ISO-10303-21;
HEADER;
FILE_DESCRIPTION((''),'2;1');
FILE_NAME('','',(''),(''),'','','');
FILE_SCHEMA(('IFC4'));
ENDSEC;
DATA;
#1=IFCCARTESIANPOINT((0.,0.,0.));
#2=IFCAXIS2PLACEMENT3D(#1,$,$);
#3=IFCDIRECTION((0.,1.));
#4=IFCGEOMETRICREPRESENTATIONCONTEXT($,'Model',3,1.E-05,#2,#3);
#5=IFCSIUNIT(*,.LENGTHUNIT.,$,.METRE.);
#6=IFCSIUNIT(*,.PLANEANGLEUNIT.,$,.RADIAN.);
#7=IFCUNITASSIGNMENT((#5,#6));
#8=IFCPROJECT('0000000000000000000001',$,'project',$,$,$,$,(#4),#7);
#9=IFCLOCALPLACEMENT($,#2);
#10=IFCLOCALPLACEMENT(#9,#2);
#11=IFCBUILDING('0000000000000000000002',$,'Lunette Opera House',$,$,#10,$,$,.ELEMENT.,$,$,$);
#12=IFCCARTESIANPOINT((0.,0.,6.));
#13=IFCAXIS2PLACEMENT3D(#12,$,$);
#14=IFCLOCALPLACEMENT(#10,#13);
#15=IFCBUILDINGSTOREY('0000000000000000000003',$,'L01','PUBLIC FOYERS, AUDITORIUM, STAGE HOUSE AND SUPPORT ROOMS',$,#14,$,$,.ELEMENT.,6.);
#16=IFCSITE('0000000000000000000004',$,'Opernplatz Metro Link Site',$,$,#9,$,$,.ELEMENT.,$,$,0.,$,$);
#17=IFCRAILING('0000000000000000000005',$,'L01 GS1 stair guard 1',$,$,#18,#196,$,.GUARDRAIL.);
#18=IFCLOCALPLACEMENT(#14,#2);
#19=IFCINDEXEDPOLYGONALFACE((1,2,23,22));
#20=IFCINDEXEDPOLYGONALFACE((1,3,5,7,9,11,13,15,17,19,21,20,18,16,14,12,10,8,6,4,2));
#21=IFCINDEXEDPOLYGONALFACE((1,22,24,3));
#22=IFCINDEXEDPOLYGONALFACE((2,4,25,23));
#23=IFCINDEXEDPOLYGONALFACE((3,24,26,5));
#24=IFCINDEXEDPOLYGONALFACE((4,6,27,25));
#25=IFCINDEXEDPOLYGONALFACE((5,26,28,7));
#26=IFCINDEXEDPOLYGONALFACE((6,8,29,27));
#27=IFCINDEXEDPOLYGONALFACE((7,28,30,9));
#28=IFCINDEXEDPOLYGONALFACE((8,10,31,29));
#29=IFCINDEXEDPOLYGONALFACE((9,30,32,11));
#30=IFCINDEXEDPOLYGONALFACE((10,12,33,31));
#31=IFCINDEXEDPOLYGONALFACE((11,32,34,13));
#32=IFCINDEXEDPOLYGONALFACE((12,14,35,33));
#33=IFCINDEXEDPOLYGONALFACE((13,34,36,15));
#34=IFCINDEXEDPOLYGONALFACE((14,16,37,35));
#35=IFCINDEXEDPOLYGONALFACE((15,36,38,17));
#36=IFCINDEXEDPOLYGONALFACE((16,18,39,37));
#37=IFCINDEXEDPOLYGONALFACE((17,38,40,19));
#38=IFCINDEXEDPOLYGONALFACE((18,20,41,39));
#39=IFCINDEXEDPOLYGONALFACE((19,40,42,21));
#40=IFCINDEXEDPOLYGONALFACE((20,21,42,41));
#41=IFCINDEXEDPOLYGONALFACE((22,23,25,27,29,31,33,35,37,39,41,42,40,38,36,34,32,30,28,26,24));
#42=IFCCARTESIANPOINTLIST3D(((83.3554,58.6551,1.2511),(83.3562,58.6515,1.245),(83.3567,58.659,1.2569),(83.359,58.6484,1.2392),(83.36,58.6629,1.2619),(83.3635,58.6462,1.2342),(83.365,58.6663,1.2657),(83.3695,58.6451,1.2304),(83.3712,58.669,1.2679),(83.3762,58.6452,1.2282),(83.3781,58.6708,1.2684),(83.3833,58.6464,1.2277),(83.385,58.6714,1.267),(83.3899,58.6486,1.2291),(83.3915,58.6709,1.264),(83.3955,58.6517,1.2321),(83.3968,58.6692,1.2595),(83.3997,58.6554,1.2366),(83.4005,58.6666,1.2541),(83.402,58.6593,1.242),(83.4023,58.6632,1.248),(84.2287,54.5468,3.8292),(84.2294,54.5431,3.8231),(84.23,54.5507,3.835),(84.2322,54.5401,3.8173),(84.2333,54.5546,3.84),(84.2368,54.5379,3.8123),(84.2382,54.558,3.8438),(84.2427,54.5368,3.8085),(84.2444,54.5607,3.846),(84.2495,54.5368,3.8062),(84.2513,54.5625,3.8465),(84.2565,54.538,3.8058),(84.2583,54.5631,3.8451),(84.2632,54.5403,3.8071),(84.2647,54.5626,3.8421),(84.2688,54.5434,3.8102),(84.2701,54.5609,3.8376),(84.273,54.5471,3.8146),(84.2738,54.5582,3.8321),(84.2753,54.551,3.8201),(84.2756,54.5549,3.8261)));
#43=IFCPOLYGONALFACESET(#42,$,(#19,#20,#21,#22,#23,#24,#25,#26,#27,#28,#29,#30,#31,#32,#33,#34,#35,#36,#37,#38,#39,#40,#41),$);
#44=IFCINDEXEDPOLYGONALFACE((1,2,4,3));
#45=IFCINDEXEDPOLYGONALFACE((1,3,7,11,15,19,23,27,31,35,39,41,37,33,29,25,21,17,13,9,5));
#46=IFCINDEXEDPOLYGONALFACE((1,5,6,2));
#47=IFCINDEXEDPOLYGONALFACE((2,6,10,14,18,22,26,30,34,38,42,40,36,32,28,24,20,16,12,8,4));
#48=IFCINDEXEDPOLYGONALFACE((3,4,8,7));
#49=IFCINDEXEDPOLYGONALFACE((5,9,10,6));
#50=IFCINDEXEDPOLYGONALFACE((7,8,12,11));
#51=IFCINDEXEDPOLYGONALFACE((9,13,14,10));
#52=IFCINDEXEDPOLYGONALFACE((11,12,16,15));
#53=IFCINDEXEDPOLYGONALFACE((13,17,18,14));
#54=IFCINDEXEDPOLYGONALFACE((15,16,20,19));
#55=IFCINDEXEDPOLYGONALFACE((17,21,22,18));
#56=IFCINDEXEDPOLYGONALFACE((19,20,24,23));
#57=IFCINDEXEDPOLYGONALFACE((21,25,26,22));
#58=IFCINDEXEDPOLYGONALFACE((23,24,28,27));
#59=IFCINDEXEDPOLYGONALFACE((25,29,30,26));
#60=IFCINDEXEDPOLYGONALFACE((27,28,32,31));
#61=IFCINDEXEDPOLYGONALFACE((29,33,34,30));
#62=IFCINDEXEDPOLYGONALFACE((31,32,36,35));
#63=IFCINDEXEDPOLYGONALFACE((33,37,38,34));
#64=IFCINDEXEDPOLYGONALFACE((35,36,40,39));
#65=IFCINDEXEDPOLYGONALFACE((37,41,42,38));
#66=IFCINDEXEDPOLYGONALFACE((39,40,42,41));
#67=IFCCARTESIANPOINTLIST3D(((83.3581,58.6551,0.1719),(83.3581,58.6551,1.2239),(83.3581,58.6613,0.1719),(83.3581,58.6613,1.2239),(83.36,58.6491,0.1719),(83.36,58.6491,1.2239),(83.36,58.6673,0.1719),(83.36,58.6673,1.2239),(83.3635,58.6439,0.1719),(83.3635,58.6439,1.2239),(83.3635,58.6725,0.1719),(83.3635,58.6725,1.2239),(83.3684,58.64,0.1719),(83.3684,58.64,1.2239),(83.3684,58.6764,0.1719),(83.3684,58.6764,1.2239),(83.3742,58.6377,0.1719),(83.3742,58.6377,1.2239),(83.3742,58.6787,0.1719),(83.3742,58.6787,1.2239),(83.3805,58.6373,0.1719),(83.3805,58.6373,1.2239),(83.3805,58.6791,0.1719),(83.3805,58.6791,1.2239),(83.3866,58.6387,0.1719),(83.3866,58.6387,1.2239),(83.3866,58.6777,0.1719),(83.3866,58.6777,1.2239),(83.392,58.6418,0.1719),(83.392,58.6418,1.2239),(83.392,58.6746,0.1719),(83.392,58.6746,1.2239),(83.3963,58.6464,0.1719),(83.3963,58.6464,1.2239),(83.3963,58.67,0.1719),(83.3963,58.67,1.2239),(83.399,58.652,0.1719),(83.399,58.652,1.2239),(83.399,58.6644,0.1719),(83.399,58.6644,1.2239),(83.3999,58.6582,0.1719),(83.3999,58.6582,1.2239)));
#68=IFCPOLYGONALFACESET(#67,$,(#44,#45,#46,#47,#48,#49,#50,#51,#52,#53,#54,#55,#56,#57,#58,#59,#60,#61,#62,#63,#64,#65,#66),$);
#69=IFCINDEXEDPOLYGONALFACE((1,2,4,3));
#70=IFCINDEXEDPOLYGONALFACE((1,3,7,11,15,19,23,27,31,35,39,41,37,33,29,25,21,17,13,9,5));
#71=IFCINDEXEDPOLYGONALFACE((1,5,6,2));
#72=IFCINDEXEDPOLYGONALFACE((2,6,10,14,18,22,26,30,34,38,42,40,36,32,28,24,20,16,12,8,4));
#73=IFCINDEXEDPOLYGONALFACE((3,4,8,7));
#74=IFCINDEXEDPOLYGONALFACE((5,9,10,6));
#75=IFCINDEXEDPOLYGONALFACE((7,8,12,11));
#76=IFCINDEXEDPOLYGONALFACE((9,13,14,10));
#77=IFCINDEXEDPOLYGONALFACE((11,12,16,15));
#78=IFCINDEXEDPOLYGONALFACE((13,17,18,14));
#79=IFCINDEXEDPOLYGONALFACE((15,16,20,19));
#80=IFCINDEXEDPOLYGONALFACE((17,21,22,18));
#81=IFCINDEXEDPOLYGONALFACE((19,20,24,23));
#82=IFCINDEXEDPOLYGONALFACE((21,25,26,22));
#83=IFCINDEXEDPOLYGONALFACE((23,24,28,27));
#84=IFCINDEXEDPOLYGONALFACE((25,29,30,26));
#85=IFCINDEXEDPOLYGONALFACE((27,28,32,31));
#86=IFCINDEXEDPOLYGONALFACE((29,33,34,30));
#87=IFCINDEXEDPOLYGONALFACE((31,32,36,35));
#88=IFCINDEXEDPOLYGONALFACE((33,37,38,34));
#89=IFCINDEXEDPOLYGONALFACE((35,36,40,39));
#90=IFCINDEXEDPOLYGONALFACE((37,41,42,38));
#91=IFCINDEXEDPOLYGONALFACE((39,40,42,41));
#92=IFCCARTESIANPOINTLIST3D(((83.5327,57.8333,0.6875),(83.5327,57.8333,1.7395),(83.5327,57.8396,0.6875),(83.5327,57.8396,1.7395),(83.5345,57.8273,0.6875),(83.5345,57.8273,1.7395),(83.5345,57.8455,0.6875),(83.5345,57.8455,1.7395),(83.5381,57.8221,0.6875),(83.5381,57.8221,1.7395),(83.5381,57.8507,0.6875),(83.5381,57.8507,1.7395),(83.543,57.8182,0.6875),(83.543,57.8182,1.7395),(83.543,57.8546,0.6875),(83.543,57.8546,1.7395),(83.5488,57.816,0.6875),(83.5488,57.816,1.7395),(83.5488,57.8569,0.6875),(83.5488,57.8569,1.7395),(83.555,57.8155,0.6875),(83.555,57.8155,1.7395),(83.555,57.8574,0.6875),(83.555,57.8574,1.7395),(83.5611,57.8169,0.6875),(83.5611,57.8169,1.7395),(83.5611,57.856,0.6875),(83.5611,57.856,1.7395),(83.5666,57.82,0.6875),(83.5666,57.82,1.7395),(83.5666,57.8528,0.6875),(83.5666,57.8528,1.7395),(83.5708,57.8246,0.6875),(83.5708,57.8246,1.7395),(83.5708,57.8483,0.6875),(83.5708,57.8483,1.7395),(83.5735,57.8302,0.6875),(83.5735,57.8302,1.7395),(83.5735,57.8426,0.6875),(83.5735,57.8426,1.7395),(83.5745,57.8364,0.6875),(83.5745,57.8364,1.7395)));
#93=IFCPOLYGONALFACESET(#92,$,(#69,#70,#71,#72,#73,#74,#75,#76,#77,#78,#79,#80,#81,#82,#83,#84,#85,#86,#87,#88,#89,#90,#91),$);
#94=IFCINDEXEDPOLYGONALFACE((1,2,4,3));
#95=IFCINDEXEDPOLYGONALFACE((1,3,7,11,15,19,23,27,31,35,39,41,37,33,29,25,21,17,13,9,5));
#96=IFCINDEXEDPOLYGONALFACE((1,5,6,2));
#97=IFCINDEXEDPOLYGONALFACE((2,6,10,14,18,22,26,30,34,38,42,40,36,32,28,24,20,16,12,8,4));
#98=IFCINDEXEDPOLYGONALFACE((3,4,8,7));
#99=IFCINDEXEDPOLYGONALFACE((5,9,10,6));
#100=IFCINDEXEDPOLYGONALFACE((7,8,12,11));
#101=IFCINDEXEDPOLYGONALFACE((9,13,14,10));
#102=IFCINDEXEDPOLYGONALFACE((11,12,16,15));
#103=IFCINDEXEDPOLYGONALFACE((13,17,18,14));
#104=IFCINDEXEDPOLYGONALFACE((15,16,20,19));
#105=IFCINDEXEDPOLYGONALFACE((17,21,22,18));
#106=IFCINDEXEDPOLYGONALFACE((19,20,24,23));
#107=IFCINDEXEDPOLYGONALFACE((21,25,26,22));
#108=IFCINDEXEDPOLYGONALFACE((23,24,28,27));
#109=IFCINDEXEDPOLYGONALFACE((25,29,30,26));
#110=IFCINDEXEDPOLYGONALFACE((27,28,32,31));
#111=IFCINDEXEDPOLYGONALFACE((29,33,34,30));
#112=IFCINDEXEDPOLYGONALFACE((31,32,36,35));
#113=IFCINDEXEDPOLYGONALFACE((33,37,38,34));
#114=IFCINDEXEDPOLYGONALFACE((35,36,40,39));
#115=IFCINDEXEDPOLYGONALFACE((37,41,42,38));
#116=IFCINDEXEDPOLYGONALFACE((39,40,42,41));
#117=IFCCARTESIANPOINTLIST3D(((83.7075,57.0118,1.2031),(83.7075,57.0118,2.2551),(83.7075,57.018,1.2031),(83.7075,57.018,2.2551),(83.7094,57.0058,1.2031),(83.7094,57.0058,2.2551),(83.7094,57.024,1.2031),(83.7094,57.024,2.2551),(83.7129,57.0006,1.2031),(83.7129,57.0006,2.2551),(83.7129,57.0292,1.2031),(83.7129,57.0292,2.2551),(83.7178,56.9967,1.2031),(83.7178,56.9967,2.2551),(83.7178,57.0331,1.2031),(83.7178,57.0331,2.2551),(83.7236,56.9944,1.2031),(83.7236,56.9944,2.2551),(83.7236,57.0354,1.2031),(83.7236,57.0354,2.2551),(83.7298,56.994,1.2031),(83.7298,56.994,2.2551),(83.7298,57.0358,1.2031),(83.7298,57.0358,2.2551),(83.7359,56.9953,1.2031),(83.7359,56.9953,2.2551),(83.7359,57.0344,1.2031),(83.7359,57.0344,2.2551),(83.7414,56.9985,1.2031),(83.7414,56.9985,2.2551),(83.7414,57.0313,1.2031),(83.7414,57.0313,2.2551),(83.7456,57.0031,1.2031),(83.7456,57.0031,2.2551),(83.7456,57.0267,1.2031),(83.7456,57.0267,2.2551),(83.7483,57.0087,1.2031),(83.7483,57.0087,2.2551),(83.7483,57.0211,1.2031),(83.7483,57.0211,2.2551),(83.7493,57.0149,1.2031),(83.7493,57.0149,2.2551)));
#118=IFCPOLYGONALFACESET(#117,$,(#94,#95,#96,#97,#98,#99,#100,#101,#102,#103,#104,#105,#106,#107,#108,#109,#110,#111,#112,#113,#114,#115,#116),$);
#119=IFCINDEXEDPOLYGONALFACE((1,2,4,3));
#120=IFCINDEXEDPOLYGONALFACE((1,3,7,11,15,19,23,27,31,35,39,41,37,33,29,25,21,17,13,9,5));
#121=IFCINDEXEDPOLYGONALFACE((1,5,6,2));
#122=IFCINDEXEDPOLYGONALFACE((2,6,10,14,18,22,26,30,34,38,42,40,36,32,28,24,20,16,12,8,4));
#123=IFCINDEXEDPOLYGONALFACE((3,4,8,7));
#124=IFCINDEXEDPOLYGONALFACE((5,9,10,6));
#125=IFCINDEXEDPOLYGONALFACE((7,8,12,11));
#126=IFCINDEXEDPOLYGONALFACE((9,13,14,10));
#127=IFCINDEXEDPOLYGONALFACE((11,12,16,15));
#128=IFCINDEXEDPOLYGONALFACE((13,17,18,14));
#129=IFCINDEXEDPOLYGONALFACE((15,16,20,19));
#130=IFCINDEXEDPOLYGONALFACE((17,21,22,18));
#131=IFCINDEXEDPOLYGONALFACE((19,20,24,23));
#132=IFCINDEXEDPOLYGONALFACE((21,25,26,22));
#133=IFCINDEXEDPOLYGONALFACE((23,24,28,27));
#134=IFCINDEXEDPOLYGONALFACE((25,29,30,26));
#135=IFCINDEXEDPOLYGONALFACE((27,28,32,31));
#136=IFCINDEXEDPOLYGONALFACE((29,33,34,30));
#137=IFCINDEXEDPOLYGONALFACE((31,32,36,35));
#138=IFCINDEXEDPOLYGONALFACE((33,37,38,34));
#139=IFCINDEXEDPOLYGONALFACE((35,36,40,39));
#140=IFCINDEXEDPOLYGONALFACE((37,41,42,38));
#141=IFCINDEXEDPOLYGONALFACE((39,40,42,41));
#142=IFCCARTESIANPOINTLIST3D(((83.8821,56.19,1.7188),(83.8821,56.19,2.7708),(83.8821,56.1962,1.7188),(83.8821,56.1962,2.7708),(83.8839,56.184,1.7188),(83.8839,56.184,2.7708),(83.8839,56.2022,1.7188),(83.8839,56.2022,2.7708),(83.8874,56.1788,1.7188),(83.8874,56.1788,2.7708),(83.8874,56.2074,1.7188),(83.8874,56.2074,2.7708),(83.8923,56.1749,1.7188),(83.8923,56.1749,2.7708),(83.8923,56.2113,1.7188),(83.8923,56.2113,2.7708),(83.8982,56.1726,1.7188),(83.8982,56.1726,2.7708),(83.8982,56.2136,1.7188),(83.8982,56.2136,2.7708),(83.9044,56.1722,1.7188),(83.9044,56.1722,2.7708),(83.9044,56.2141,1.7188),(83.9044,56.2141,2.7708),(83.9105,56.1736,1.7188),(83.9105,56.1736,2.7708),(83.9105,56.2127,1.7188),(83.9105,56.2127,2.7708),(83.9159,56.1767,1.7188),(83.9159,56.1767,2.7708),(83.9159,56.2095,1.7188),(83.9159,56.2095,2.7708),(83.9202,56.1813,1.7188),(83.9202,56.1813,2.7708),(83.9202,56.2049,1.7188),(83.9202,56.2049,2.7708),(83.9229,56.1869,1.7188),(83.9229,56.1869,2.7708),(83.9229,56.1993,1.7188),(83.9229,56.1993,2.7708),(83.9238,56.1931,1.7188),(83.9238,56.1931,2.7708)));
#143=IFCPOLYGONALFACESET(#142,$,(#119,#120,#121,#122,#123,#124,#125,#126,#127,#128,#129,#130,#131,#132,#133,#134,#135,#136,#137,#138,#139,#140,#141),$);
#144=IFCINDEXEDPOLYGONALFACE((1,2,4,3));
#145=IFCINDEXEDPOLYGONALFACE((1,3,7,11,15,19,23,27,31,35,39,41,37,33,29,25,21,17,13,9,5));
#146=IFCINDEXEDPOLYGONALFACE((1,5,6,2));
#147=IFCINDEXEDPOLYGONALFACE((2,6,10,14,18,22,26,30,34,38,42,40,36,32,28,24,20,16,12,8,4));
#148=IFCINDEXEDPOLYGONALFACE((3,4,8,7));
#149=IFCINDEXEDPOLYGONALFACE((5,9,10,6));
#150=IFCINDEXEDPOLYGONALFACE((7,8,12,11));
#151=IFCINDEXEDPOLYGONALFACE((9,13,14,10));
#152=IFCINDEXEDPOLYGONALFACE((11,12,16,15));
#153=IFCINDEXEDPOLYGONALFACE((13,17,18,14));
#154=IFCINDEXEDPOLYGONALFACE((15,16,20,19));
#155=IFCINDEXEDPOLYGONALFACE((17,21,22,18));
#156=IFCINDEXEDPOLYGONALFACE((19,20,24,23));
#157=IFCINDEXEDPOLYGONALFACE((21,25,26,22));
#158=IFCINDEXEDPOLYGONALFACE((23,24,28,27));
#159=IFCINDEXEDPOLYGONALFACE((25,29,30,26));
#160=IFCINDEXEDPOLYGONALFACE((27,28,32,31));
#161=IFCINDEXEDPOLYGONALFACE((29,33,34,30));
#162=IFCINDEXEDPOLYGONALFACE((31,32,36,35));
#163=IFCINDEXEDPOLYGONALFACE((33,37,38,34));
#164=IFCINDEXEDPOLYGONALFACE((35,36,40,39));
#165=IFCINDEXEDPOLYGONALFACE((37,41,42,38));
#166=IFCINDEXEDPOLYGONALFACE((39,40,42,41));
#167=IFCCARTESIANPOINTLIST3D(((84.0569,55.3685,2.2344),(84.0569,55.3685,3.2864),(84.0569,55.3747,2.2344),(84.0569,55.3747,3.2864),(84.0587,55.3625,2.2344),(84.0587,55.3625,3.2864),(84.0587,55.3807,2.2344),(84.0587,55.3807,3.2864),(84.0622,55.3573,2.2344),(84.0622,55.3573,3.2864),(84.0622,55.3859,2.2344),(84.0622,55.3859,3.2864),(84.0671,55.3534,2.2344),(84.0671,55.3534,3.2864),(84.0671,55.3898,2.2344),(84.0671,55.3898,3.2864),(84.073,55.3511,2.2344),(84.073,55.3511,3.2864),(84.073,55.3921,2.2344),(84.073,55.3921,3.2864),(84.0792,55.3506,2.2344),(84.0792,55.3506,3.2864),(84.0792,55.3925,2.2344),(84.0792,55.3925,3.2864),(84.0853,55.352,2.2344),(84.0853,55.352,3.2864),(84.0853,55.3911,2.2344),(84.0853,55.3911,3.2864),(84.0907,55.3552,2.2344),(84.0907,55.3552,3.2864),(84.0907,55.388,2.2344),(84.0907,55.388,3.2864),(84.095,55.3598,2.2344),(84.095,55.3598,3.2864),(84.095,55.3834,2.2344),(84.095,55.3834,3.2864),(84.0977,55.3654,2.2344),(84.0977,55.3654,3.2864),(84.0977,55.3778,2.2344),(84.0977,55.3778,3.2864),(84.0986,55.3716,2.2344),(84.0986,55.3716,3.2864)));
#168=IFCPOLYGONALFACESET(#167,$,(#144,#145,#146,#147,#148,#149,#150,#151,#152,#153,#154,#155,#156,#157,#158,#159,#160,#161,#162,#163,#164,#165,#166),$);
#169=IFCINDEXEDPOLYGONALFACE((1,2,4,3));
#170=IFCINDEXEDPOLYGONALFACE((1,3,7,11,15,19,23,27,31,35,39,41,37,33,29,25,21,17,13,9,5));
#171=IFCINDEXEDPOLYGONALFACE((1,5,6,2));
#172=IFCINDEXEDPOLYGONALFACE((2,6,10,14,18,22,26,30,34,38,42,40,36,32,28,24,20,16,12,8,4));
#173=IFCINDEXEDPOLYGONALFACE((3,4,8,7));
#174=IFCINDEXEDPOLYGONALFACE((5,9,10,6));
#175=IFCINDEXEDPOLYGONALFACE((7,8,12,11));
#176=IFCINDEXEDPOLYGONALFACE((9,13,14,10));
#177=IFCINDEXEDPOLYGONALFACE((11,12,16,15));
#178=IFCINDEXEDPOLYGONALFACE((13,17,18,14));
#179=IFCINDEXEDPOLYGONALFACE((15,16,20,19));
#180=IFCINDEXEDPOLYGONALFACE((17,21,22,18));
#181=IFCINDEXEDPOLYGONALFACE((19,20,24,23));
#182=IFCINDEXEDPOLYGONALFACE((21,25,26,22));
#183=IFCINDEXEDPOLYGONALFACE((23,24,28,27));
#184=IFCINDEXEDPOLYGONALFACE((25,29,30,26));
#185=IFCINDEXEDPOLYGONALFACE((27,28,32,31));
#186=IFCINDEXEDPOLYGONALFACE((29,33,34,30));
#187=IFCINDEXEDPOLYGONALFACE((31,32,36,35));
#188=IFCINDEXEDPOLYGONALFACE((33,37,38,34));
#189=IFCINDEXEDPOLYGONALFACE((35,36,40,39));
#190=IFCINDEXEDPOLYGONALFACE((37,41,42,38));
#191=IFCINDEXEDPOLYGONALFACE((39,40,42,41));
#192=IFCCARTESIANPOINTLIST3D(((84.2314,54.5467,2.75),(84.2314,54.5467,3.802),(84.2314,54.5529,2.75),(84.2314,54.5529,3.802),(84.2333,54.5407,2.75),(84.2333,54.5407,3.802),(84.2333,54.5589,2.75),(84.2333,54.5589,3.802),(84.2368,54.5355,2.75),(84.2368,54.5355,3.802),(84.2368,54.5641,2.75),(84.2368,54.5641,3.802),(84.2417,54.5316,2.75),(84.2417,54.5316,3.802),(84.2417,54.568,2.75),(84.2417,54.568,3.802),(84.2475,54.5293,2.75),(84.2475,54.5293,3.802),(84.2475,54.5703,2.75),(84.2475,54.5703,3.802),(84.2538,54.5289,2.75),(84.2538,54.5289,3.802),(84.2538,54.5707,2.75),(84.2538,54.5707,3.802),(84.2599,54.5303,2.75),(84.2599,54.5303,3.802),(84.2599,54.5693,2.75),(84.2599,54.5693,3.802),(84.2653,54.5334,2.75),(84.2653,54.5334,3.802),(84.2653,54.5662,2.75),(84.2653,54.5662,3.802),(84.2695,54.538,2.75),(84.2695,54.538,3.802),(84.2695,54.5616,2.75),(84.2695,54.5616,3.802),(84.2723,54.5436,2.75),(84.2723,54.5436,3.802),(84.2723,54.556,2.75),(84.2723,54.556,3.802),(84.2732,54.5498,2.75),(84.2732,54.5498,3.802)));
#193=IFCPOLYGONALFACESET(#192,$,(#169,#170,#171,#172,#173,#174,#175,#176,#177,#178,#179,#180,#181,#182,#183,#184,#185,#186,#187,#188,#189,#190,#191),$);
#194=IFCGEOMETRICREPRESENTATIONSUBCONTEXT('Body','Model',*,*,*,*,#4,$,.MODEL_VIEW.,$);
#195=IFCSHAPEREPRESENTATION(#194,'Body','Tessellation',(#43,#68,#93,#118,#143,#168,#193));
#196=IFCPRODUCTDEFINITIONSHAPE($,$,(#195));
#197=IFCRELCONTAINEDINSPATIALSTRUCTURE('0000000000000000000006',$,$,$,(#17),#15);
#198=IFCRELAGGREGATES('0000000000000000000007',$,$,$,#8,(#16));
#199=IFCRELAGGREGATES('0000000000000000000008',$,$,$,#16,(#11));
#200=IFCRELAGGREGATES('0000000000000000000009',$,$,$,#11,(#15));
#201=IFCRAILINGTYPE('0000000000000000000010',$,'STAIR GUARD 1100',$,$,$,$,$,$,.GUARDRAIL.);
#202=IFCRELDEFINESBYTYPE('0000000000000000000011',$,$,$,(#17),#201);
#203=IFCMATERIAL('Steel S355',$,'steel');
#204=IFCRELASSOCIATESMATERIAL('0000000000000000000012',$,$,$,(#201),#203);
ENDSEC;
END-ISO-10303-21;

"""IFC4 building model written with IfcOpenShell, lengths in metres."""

from ifc_helpers import new_model, si_unit, direction, frame, origin, origin_2d, place, context, subcontext, project, spatial, circle, extrude, material, type_object, element, save


model = new_model("IFC4")

# Units and contexts
model_context = context("Model", 3, precision=1e-05, world=origin(), true_north=direction((0.0, 1.0)))
body_context = subcontext(model_context, "Body", "Model", "MODEL_VIEW")
ifc_project = project(units=[si_unit("LENGTHUNIT", "METRE"), si_unit("PLANEANGLEUNIT", "RADIAN")], contexts=[model_context])

# Site, building, storey
site_placement = place(None, origin())
site = spatial("IfcSite", under=ifc_project, at=site_placement, Name="Opernplatz Metro Link Site", CompositionType="ELEMENT", RefElevation=0.0)
building_placement = place(site_placement, origin())
building = spatial("IfcBuilding", under=site, at=building_placement, Name="Lunette Opera House", CompositionType="ELEMENT")
storey_placement = place(building_placement, frame((0.0, 0.0, 6.0)))
storey = spatial("IfcBuildingStorey", under=building, at=storey_placement, Name="L01", Description="PUBLIC FOYERS, AUDITORIUM, STAGE HOUSE AND SUPPORT ROOMS", CompositionType="ELEMENT", Elevation=6.0)

# Railing
ifc_material_1 = material(Name="Steel S355", Category="steel")
railing_type_1 = type_object("IfcRailingType", Name="STAIR GUARD 1100", PredefinedType="GUARDRAIL", material=ifc_material_1)
railing_1_placement = place(storey_placement, frame((83.3789, 58.6582, 0.1719)))
element("IfcRailing", 1, at=railing_1_placement, inside=storey, type_object=railing_type_1, Name="L01 GS1 stair guard 1", PredefinedType="GUARDRAIL", context=body_context, shape_type="SweptSolid", body=[
    extrude(circle(Radius=0.0239, at=origin_2d()), frame((0.0, 0.0, 1.0762), z_axis=(0.177199, -0.833631, 0.523125), x_axis=(0.978146, 0.207917, 0.0)), (0.0, 0.0, 1.0), 4.9282),
    extrude(circle(Radius=0.021, at=origin_2d()), origin(), (0.0, 0.0, 1.0), 1.052),
    extrude(circle(Radius=0.021, at=origin_2d()), frame((0.1746, -0.8218, 0.5156)), (0.0, 0.0, 1.0), 1.052),
    extrude(circle(Radius=0.021, at=origin_2d()), frame((0.3494, -1.6433, 1.0312)), (0.0, 0.0, 1.0), 1.052),
    extrude(circle(Radius=0.021, at=origin_2d()), frame((0.5239, -2.4651, 1.5469)), (0.0, 0.0, 1.0), 1.052),
    extrude(circle(Radius=0.021, at=origin_2d()), frame((0.6987, -3.2866, 2.0625)), (0.0, 0.0, 1.0), 1.052),
    extrude(circle(Radius=0.021, at=origin_2d()), frame((0.8733, -4.1084, 2.5781)), (0.0, 0.0, 1.0), 1.052),
])

save(model, "model.ifc")
